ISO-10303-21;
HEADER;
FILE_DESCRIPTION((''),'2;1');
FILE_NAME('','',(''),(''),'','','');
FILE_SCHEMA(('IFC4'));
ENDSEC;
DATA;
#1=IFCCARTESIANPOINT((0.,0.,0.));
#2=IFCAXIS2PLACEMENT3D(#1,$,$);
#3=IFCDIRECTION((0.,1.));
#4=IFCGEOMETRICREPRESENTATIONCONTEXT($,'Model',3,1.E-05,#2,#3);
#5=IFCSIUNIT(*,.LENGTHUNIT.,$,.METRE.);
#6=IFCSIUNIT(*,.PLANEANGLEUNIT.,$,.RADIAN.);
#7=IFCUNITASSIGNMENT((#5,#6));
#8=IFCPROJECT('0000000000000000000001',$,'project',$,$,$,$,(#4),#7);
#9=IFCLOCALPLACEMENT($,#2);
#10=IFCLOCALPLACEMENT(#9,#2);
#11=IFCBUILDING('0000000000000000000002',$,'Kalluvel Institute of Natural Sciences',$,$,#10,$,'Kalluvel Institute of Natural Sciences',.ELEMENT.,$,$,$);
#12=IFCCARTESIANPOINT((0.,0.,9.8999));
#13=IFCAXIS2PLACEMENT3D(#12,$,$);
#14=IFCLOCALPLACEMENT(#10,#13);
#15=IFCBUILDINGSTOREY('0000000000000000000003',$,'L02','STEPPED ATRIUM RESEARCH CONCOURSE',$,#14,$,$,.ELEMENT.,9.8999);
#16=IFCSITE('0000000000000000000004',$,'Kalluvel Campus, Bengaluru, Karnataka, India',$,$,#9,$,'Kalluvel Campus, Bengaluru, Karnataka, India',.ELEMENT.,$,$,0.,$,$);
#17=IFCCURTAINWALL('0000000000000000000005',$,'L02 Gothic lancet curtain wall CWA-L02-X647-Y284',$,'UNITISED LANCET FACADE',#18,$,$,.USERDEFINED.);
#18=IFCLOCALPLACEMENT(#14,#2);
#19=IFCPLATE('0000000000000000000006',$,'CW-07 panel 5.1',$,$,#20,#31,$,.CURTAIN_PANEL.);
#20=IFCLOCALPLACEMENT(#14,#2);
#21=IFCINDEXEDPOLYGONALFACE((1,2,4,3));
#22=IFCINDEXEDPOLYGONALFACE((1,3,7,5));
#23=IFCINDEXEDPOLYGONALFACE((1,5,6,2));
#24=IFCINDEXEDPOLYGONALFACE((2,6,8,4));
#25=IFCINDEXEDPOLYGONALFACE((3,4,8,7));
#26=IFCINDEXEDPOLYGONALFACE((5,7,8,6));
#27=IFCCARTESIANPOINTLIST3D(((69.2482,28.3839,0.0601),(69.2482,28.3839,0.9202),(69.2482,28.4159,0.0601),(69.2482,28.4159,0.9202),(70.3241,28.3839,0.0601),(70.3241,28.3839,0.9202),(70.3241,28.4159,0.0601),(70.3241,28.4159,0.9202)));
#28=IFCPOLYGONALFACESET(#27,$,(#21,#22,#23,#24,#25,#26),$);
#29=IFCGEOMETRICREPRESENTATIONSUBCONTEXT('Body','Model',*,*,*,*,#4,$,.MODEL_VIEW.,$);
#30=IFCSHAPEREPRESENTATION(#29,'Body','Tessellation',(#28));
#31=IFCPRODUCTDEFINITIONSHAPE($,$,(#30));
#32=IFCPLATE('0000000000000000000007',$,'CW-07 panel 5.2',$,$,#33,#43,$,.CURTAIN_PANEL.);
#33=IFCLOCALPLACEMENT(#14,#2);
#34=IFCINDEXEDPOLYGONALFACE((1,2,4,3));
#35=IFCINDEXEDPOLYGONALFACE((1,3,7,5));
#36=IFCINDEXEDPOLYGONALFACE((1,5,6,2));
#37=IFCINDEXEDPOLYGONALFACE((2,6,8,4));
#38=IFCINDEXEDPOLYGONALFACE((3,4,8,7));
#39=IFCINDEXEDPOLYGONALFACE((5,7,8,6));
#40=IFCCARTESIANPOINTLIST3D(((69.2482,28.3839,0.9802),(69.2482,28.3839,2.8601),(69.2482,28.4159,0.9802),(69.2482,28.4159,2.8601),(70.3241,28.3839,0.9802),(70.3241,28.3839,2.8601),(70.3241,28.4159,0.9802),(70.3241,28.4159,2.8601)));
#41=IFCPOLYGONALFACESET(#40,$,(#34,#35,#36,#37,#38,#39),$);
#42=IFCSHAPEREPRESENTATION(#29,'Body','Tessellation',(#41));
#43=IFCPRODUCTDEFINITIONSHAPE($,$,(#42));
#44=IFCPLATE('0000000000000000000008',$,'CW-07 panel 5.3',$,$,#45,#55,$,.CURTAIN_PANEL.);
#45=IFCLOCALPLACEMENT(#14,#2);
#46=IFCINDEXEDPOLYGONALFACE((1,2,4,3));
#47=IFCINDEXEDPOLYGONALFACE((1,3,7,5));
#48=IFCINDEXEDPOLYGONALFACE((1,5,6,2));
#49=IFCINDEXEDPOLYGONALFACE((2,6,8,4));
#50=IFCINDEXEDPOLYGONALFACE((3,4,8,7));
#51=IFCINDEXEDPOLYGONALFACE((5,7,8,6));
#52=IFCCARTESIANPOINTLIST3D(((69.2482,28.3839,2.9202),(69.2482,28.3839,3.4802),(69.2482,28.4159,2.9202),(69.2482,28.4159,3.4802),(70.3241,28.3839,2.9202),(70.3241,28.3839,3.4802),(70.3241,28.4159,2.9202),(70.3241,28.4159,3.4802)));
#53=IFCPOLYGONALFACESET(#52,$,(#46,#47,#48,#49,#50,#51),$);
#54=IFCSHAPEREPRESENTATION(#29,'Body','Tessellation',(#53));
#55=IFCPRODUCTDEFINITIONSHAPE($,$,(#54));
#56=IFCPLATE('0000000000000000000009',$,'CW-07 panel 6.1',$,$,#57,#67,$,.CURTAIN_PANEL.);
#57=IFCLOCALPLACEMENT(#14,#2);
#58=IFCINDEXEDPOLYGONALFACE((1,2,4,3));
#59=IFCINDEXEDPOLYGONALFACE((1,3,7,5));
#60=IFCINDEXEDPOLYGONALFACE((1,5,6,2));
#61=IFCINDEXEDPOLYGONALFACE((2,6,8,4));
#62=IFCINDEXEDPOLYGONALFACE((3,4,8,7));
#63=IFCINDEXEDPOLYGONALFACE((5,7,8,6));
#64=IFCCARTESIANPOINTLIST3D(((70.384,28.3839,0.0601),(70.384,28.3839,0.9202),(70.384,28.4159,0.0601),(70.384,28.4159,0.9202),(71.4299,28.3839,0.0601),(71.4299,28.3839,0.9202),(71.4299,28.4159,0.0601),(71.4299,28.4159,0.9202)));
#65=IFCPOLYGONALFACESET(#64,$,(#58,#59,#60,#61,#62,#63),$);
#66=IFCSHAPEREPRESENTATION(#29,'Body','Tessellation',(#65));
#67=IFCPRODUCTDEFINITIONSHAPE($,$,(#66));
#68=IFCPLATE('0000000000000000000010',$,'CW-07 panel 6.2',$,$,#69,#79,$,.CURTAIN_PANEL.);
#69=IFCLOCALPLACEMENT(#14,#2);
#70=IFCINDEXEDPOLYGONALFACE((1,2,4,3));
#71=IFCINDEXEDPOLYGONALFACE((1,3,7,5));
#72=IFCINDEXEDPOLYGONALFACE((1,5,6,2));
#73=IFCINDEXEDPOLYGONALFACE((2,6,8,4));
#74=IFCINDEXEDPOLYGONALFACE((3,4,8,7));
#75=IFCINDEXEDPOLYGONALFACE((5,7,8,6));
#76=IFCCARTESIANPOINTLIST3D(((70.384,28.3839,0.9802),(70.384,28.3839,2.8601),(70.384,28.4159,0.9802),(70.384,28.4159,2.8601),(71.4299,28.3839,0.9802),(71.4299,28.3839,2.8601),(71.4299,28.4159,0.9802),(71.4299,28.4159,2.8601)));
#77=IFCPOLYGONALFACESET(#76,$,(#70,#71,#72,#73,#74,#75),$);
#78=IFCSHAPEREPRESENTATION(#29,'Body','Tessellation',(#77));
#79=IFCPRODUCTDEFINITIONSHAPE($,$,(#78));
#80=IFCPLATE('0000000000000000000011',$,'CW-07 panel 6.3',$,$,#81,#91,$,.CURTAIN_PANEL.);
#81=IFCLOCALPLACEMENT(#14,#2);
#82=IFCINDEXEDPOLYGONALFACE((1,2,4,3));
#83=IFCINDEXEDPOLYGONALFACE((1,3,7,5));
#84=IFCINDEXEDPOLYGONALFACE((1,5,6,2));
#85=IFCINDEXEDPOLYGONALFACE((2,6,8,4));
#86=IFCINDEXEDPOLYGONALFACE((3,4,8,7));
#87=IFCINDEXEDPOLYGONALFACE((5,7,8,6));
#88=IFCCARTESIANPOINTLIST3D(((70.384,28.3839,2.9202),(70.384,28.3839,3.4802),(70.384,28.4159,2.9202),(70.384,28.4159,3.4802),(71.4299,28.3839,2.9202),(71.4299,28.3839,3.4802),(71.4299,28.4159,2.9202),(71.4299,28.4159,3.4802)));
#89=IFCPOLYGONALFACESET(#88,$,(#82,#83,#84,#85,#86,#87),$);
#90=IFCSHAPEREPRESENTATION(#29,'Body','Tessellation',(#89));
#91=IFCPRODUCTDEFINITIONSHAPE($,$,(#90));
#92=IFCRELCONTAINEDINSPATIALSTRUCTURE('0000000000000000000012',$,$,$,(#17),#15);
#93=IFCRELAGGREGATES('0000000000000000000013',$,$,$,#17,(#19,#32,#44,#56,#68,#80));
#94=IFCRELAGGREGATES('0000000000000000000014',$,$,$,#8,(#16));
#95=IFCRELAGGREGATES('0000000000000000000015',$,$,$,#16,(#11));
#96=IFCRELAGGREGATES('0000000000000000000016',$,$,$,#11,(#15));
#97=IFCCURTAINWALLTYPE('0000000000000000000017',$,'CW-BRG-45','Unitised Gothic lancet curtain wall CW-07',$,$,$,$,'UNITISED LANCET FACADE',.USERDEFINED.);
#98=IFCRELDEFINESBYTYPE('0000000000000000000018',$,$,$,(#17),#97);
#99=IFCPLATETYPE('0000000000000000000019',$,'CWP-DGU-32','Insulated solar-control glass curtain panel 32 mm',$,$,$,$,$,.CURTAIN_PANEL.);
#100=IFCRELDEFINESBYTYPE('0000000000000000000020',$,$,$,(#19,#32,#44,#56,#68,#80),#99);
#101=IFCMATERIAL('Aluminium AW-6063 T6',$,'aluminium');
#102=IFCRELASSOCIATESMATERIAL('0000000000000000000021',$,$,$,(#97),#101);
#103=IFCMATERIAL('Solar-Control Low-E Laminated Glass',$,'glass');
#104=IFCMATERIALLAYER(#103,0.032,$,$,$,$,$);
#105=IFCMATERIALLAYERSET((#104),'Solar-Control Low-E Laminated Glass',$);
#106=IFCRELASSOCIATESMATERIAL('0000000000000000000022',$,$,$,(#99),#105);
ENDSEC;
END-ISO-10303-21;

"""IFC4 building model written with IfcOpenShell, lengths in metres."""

from ifc_helpers import new_model, si_unit, direction, frame, origin, origin_2d, place, context, subcontext, project, spatial, rectangle, extrude, material, layer, layer_set, type_object, element, aggregate, save


model = new_model("IFC4")

# Units and contexts
model_context = context("Model", 3, precision=1e-05, world=origin(), true_north=direction((0.0, 1.0)))
body_context = subcontext(model_context, "Body", "Model", "MODEL_VIEW")
ifc_project = project(units=[si_unit("LENGTHUNIT", "METRE"), si_unit("PLANEANGLEUNIT", "RADIAN")], contexts=[model_context])

# Site, building, storey
site_placement = place(None, origin())
site = spatial("IfcSite", under=ifc_project, at=site_placement, Name="Kalluvel Campus, Bengaluru, Karnataka, India", LongName="Kalluvel Campus, Bengaluru, Karnataka, India", CompositionType="ELEMENT", RefElevation=0.0)
building_placement = place(site_placement, origin())
building = spatial("IfcBuilding", under=site, at=building_placement, Name="Kalluvel Institute of Natural Sciences", LongName="Kalluvel Institute of Natural Sciences", CompositionType="ELEMENT")
storey_placement = place(building_placement, frame((0.0, 0.0, 9.8999)))
storey = spatial("IfcBuildingStorey", under=building, at=storey_placement, Name="L02", Description="STEPPED ATRIUM RESEARCH CONCOURSE", CompositionType="ELEMENT", Elevation=9.8999)

# Curtain wall
ifc_material_1 = material(Name="Aluminium AW-6063 T6", Category="aluminium")
curtain_wall_type = type_object("IfcCurtainWallType", Name="CW-BRG-45", Description="Unitised Gothic lancet curtain wall CW-07", ElementType="UNITISED LANCET FACADE", PredefinedType="USERDEFINED", material=ifc_material_1)
curtain_wall_1_placement = place(storey_placement, origin())
curtain_wall_1 = element("IfcCurtainWall", 1, at=curtain_wall_1_placement, inside=storey, type_object=curtain_wall_type, Name="L02 Gothic lancet curtain wall CWA-L02-X647-Y284", ObjectType="UNITISED LANCET FACADE", PredefinedType="USERDEFINED")

# Plates
ifc_material_2 = material(Name="Solar-Control Low-E Laminated Glass", Category="glass")
ifc_layer = layer(ifc_material_2, 0.032)
ifc_layer_set = layer_set([ifc_layer], Name="Solar-Control Low-E Laminated Glass")
plate_type = type_object("IfcPlateType", Name="CWP-DGU-32", Description="Insulated solar-control glass curtain panel 32 mm", PredefinedType="CURTAIN_PANEL", material=ifc_layer_set)
plate_1_placement = place(storey_placement, frame((69.7861, 28.3999, 0.0601), z_axis=(0.0, 0.0, 1.0), x_axis=(1.0, 0.0, 0.0)))
plate_1 = element("IfcPlate", 2, at=plate_1_placement, type_object=plate_type, Name="CW-07 panel 5.1", PredefinedType="CURTAIN_PANEL", context=body_context, shape_type="SweptSolid", body=[
    extrude(rectangle(XDim=1.0759, YDim=0.032, at=origin_2d()), origin(), (0.0, 0.0, 1.0), 0.8601),
])
plate_2_placement = place(storey_placement, frame((69.7861, 28.3999, 0.9802), z_axis=(0.0, 0.0, 1.0), x_axis=(1.0, 0.0, 0.0)))
plate_2 = element("IfcPlate", 3, at=plate_2_placement, type_object=plate_type, Name="CW-07 panel 5.2", PredefinedType="CURTAIN_PANEL", context=body_context, shape_type="SweptSolid", body=[
    extrude(rectangle(XDim=1.0759, YDim=0.032, at=origin_2d()), origin(), (0.0, 0.0, 1.0), 1.8799),
])
plate_3_placement = place(storey_placement, frame((69.7861, 28.3999, 2.9202), z_axis=(0.0, 0.0, 1.0), x_axis=(1.0, 0.0, 0.0)))
plate_3 = element("IfcPlate", 4, at=plate_3_placement, type_object=plate_type, Name="CW-07 panel 5.3", PredefinedType="CURTAIN_PANEL", context=body_context, shape_type="SweptSolid", body=[
    extrude(rectangle(XDim=1.0759, YDim=0.032, at=origin_2d()), origin(), (0.0, 0.0, 1.0), 0.5601),
])
plate_4_placement = place(storey_placement, frame((70.907, 28.3999, 0.0601), z_axis=(0.0, 0.0, 1.0), x_axis=(1.0, 0.0, 0.0)))
plate_4 = element("IfcPlate", 5, at=plate_4_placement, type_object=plate_type, Name="CW-07 panel 6.1", PredefinedType="CURTAIN_PANEL", context=body_context, shape_type="SweptSolid", body=[
    extrude(rectangle(XDim=1.0459, YDim=0.032, at=origin_2d()), origin(), (0.0, 0.0, 1.0), 0.8601),
])
plate_5_placement = place(storey_placement, frame((70.907, 28.3999, 0.9802), z_axis=(0.0, 0.0, 1.0), x_axis=(1.0, 0.0, 0.0)))
plate_5 = element("IfcPlate", 6, at=plate_5_placement, type_object=plate_type, Name="CW-07 panel 6.2", PredefinedType="CURTAIN_PANEL", context=body_context, shape_type="SweptSolid", body=[
    extrude(rectangle(XDim=1.0459, YDim=0.032, at=origin_2d()), origin(), (0.0, 0.0, 1.0), 1.8799),
])
plate_6_placement = place(storey_placement, frame((70.907, 28.3999, 2.9202), z_axis=(0.0, 0.0, 1.0), x_axis=(1.0, 0.0, 0.0)))
plate_6 = element("IfcPlate", 7, at=plate_6_placement, type_object=plate_type, Name="CW-07 panel 6.3", PredefinedType="CURTAIN_PANEL", context=body_context, shape_type="SweptSolid", body=[
    extrude(rectangle(XDim=1.0459, YDim=0.032, at=origin_2d()), origin(), (0.0, 0.0, 1.0), 0.5601),
])
aggregate(curtain_wall_1, [plate_1, plate_2, plate_3, plate_4, plate_5, plate_6])

save(model, "model.ifc")
